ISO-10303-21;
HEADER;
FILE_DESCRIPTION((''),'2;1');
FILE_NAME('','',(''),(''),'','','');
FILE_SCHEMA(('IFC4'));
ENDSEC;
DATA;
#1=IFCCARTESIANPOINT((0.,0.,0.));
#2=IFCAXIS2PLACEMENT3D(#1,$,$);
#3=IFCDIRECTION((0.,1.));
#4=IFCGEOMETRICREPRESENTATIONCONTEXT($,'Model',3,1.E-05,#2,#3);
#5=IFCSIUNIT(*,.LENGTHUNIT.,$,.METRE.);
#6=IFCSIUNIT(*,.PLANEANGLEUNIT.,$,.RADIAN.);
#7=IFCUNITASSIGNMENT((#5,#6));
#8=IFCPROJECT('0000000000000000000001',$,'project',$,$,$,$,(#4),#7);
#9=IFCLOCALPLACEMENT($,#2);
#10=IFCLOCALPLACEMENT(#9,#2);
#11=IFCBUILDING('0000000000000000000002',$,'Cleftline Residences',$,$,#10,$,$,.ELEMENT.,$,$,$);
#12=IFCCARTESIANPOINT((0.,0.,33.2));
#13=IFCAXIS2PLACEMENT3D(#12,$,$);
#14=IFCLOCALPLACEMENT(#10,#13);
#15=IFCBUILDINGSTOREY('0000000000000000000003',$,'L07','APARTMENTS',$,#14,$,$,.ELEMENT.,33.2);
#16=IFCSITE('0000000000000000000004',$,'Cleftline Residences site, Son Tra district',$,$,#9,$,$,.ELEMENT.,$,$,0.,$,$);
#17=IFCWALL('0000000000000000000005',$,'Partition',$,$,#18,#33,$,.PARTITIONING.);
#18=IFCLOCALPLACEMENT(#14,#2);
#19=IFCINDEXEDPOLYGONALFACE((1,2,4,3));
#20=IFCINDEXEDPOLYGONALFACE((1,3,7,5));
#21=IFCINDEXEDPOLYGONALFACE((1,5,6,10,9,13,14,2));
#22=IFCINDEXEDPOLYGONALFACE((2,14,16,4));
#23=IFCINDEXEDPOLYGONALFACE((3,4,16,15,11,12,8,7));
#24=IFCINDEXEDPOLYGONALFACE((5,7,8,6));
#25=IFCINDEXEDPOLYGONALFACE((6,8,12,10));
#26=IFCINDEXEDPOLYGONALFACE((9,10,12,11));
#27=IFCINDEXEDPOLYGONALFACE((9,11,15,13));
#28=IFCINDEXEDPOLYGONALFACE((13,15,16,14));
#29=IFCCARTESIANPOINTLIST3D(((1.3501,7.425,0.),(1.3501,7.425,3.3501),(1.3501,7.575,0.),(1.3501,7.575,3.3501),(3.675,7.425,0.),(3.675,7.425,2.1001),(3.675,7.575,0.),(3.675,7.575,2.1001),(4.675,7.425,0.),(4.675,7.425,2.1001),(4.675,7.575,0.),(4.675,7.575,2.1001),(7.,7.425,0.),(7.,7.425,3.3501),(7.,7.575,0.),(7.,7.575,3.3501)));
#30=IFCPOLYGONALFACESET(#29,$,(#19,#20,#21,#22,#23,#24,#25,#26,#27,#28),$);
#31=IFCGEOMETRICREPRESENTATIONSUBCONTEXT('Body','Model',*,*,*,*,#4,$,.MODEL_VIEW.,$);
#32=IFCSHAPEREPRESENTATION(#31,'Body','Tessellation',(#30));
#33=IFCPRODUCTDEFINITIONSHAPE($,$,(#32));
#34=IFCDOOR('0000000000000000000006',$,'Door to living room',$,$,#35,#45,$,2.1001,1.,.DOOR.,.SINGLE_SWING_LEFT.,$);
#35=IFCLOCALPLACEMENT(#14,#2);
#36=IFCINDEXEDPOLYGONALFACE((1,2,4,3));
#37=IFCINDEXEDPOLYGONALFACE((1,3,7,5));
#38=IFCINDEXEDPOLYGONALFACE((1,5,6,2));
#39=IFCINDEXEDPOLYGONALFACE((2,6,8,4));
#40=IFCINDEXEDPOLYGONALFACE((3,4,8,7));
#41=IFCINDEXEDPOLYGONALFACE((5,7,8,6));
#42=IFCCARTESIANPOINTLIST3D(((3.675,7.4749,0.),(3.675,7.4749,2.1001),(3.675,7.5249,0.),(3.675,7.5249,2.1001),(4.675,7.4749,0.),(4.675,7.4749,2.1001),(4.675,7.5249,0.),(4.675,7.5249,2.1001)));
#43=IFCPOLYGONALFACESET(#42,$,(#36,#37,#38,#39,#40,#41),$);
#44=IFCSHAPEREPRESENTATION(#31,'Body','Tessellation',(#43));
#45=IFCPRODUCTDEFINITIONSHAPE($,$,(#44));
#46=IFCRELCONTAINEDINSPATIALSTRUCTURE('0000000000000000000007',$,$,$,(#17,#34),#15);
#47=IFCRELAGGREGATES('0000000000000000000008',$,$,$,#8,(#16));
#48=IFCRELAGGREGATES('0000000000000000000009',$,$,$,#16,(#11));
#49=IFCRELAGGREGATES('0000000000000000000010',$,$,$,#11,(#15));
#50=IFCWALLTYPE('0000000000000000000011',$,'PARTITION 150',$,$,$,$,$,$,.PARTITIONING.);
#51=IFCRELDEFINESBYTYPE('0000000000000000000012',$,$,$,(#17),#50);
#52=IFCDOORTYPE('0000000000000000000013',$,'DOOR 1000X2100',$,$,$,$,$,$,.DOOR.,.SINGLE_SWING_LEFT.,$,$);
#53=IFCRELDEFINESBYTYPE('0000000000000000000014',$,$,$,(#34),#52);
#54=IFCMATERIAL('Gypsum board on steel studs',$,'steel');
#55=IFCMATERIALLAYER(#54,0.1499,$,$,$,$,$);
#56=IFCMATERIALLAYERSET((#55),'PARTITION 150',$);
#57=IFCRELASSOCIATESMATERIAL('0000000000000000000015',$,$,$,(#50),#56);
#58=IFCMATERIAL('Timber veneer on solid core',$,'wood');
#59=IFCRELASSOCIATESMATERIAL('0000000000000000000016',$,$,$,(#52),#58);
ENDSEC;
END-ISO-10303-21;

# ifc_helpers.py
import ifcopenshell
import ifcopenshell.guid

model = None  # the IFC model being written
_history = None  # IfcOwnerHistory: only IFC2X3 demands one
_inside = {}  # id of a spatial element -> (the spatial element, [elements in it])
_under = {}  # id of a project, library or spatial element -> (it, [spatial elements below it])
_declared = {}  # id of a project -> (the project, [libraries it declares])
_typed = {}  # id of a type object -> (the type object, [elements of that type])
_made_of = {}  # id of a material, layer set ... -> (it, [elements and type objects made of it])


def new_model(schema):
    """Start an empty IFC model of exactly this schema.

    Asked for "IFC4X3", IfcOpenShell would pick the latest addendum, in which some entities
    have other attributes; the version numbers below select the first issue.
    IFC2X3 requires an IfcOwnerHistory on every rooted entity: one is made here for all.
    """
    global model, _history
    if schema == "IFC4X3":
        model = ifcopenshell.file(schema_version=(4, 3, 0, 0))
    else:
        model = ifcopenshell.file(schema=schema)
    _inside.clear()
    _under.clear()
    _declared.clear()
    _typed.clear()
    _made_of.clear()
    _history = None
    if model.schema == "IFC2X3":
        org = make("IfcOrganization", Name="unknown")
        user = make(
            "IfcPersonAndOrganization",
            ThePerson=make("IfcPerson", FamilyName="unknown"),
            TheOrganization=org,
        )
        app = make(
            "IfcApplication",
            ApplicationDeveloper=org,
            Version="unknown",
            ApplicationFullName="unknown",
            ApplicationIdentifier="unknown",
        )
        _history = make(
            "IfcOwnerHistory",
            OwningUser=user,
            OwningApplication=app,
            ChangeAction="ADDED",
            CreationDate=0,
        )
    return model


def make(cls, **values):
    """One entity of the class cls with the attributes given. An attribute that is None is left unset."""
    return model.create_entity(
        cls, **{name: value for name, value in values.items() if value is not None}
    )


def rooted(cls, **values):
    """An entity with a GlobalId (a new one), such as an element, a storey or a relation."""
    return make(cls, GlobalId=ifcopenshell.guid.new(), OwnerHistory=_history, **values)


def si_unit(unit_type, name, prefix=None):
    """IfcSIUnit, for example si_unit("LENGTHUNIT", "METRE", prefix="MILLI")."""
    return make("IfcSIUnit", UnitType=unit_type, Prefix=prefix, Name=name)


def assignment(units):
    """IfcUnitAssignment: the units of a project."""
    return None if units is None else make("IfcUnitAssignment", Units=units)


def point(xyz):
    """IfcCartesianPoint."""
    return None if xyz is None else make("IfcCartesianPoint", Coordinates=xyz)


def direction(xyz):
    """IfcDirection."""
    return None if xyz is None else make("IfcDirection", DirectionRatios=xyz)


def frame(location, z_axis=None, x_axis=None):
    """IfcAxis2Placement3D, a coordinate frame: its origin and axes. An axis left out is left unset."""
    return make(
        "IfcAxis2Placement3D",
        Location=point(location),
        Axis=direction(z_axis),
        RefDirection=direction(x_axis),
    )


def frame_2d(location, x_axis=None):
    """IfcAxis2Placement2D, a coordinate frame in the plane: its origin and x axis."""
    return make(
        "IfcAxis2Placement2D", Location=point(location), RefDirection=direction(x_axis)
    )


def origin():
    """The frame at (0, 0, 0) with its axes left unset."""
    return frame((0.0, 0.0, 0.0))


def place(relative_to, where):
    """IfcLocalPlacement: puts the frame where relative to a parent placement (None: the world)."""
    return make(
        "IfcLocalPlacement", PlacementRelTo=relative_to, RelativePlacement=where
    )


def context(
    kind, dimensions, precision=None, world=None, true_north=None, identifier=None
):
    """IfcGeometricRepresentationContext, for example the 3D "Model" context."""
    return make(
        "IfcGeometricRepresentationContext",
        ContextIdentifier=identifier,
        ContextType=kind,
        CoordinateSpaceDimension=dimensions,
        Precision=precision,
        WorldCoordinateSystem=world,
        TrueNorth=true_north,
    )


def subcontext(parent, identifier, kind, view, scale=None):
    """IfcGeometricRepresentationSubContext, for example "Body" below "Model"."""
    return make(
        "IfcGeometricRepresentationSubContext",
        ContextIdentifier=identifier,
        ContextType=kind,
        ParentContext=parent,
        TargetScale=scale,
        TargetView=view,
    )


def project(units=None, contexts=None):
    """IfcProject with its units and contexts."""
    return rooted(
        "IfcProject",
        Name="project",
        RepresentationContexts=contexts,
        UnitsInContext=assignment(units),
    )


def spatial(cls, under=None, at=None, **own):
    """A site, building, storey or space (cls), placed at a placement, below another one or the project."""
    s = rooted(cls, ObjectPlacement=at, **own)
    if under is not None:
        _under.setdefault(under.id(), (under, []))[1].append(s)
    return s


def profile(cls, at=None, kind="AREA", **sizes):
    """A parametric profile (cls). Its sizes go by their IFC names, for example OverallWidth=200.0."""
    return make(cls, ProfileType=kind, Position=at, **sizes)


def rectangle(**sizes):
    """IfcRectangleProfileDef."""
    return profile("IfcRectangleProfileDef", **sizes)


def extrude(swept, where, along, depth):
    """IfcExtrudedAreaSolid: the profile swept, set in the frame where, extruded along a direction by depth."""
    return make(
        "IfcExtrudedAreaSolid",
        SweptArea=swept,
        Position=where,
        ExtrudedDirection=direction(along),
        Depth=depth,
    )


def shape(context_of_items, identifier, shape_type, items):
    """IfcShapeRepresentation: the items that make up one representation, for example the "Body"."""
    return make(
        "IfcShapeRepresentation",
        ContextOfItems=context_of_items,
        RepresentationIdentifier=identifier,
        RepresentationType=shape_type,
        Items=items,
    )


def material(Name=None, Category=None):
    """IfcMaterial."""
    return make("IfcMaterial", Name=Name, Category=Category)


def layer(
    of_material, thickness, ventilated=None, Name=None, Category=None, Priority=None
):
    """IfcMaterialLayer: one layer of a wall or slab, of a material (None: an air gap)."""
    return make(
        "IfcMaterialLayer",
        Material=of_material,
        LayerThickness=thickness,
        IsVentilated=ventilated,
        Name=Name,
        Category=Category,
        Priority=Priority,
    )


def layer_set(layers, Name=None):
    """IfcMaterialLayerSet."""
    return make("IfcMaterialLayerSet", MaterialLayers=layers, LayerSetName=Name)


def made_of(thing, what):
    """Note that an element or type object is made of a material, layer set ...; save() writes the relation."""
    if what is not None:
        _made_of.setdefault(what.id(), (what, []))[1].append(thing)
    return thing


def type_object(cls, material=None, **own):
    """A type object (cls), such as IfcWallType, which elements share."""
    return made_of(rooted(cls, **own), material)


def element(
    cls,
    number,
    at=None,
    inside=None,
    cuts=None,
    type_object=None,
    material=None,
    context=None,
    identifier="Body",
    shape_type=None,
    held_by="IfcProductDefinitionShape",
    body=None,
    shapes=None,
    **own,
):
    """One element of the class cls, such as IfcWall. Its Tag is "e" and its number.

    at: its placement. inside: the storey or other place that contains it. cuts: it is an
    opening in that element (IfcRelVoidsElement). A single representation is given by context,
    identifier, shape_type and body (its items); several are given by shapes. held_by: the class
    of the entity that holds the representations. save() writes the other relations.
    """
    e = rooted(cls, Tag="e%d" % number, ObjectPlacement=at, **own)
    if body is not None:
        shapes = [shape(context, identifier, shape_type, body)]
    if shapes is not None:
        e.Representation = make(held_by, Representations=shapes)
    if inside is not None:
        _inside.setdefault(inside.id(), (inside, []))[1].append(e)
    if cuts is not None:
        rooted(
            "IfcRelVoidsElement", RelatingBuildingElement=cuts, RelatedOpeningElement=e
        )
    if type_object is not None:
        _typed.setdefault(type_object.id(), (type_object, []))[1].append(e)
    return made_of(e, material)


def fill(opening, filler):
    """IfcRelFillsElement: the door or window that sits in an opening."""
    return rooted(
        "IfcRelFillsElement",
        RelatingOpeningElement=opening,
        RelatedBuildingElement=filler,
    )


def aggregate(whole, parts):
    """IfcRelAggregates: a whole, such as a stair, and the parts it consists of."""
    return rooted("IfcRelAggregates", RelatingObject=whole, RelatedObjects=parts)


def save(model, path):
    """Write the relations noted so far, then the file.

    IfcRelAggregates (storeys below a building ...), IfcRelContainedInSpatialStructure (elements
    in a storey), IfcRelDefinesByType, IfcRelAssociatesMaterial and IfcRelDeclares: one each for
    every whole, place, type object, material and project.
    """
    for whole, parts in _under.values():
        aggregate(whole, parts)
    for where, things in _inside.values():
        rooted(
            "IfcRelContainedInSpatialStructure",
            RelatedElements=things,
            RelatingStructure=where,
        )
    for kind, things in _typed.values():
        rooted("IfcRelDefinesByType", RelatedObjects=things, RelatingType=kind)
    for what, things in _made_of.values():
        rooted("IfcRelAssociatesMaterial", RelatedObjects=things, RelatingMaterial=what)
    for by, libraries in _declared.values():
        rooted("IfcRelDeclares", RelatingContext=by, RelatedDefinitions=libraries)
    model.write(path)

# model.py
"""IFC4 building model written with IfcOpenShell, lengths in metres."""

from ifc_helpers import new_model, si_unit, direction, frame, frame_2d, origin, place, context, subcontext, project, spatial, rectangle, extrude, material, layer, layer_set, type_object, element, fill, save


model = new_model("IFC4")

# Units and contexts
model_context = context("Model", 3, precision=1e-05, world=origin(), true_north=direction((0.0, 1.0)))
body_context = subcontext(model_context, "Body", "Model", "MODEL_VIEW")
ifc_project = project(units=[si_unit("LENGTHUNIT", "METRE"), si_unit("PLANEANGLEUNIT", "RADIAN")], contexts=[model_context])

# Site, building, storey
site_placement = place(None, origin())
site = spatial("IfcSite", under=ifc_project, at=site_placement, Name="Cleftline Residences site, Son Tra district", CompositionType="ELEMENT", RefElevation=0.0)
building_placement = place(site_placement, origin())
building = spatial("IfcBuilding", under=site, at=building_placement, Name="Cleftline Residences", CompositionType="ELEMENT")
storey_placement = place(building_placement, frame((0.0, 0.0, 33.2)))
storey = spatial("IfcBuildingStorey", under=building, at=storey_placement, Name="L07", Description="APARTMENTS", CompositionType="ELEMENT", Elevation=33.2)

# Wall, opening, door
ifc_material_1 = material(Name="Gypsum board on steel studs", Category="steel")
ifc_layer_1 = layer(ifc_material_1, 0.1499)
ifc_layer_set_1 = layer_set([ifc_layer_1], Name="PARTITION 150")
wall_type_1 = type_object("IfcWallType", Name="PARTITION 150", PredefinedType="PARTITIONING", material=ifc_layer_set_1)
wall_1_placement = place(storey_placement, frame((1.3501, 7.5, 0.0), z_axis=(0.0, 0.0, 1.0), x_axis=(1.0, 0.0, 0.0)))
wall_1 = element("IfcWall", 1, at=wall_1_placement, inside=storey, type_object=wall_type_1, Name="Partition", PredefinedType="PARTITIONING", context=body_context, shape_type="SweptSolid", body=[
    extrude(rectangle(XDim=5.6499, YDim=0.1499, at=frame_2d((2.825, 0.0))), origin(), (0.0, 0.0, 1.0), 3.3501),
])
opening_1_placement = place(wall_1_placement, frame((2.325, 0.0, 0.0)))
opening_1 = element("IfcOpeningElement", 2, at=opening_1_placement, cuts=wall_1, PredefinedType="OPENING", context=body_context, shape_type="SweptSolid", body=[
    extrude(rectangle(XDim=1.0, YDim=2.1001, at=frame_2d((0.5, 1.05))), frame((0.0, 0.085, 0.0), z_axis=(0.0, -1.0, 0.0), x_axis=(1.0, 0.0, 0.0)), (0.0, 0.0, 1.0), 0.1699),
])
ifc_material_2 = material(Name="Timber veneer on solid core", Category="wood")
door_type = type_object("IfcDoorType", Name="DOOR 1000X2100", OperationType="SINGLE_SWING_LEFT", PredefinedType="DOOR", material=ifc_material_2)
door_placement = place(opening_1_placement, origin())
door = element("IfcDoor", 3, at=door_placement, inside=storey, type_object=door_type, Name="Door to living room", OperationType="SINGLE_SWING_LEFT", OverallHeight=2.1001, OverallWidth=1.0, PredefinedType="DOOR", context=body_context, shape_type="SweptSolid", body=[
    extrude(rectangle(XDim=1.0, YDim=2.1001, at=frame_2d((0.5, 1.05))), frame((0.0, 0.0249, 0.0), z_axis=(0.0, -1.0, 0.0), x_axis=(1.0, 0.0, 0.0)), (0.0, 0.0, 1.0), 0.05),
])
fill(opening_1, door)

save(model, "model.ifc")
